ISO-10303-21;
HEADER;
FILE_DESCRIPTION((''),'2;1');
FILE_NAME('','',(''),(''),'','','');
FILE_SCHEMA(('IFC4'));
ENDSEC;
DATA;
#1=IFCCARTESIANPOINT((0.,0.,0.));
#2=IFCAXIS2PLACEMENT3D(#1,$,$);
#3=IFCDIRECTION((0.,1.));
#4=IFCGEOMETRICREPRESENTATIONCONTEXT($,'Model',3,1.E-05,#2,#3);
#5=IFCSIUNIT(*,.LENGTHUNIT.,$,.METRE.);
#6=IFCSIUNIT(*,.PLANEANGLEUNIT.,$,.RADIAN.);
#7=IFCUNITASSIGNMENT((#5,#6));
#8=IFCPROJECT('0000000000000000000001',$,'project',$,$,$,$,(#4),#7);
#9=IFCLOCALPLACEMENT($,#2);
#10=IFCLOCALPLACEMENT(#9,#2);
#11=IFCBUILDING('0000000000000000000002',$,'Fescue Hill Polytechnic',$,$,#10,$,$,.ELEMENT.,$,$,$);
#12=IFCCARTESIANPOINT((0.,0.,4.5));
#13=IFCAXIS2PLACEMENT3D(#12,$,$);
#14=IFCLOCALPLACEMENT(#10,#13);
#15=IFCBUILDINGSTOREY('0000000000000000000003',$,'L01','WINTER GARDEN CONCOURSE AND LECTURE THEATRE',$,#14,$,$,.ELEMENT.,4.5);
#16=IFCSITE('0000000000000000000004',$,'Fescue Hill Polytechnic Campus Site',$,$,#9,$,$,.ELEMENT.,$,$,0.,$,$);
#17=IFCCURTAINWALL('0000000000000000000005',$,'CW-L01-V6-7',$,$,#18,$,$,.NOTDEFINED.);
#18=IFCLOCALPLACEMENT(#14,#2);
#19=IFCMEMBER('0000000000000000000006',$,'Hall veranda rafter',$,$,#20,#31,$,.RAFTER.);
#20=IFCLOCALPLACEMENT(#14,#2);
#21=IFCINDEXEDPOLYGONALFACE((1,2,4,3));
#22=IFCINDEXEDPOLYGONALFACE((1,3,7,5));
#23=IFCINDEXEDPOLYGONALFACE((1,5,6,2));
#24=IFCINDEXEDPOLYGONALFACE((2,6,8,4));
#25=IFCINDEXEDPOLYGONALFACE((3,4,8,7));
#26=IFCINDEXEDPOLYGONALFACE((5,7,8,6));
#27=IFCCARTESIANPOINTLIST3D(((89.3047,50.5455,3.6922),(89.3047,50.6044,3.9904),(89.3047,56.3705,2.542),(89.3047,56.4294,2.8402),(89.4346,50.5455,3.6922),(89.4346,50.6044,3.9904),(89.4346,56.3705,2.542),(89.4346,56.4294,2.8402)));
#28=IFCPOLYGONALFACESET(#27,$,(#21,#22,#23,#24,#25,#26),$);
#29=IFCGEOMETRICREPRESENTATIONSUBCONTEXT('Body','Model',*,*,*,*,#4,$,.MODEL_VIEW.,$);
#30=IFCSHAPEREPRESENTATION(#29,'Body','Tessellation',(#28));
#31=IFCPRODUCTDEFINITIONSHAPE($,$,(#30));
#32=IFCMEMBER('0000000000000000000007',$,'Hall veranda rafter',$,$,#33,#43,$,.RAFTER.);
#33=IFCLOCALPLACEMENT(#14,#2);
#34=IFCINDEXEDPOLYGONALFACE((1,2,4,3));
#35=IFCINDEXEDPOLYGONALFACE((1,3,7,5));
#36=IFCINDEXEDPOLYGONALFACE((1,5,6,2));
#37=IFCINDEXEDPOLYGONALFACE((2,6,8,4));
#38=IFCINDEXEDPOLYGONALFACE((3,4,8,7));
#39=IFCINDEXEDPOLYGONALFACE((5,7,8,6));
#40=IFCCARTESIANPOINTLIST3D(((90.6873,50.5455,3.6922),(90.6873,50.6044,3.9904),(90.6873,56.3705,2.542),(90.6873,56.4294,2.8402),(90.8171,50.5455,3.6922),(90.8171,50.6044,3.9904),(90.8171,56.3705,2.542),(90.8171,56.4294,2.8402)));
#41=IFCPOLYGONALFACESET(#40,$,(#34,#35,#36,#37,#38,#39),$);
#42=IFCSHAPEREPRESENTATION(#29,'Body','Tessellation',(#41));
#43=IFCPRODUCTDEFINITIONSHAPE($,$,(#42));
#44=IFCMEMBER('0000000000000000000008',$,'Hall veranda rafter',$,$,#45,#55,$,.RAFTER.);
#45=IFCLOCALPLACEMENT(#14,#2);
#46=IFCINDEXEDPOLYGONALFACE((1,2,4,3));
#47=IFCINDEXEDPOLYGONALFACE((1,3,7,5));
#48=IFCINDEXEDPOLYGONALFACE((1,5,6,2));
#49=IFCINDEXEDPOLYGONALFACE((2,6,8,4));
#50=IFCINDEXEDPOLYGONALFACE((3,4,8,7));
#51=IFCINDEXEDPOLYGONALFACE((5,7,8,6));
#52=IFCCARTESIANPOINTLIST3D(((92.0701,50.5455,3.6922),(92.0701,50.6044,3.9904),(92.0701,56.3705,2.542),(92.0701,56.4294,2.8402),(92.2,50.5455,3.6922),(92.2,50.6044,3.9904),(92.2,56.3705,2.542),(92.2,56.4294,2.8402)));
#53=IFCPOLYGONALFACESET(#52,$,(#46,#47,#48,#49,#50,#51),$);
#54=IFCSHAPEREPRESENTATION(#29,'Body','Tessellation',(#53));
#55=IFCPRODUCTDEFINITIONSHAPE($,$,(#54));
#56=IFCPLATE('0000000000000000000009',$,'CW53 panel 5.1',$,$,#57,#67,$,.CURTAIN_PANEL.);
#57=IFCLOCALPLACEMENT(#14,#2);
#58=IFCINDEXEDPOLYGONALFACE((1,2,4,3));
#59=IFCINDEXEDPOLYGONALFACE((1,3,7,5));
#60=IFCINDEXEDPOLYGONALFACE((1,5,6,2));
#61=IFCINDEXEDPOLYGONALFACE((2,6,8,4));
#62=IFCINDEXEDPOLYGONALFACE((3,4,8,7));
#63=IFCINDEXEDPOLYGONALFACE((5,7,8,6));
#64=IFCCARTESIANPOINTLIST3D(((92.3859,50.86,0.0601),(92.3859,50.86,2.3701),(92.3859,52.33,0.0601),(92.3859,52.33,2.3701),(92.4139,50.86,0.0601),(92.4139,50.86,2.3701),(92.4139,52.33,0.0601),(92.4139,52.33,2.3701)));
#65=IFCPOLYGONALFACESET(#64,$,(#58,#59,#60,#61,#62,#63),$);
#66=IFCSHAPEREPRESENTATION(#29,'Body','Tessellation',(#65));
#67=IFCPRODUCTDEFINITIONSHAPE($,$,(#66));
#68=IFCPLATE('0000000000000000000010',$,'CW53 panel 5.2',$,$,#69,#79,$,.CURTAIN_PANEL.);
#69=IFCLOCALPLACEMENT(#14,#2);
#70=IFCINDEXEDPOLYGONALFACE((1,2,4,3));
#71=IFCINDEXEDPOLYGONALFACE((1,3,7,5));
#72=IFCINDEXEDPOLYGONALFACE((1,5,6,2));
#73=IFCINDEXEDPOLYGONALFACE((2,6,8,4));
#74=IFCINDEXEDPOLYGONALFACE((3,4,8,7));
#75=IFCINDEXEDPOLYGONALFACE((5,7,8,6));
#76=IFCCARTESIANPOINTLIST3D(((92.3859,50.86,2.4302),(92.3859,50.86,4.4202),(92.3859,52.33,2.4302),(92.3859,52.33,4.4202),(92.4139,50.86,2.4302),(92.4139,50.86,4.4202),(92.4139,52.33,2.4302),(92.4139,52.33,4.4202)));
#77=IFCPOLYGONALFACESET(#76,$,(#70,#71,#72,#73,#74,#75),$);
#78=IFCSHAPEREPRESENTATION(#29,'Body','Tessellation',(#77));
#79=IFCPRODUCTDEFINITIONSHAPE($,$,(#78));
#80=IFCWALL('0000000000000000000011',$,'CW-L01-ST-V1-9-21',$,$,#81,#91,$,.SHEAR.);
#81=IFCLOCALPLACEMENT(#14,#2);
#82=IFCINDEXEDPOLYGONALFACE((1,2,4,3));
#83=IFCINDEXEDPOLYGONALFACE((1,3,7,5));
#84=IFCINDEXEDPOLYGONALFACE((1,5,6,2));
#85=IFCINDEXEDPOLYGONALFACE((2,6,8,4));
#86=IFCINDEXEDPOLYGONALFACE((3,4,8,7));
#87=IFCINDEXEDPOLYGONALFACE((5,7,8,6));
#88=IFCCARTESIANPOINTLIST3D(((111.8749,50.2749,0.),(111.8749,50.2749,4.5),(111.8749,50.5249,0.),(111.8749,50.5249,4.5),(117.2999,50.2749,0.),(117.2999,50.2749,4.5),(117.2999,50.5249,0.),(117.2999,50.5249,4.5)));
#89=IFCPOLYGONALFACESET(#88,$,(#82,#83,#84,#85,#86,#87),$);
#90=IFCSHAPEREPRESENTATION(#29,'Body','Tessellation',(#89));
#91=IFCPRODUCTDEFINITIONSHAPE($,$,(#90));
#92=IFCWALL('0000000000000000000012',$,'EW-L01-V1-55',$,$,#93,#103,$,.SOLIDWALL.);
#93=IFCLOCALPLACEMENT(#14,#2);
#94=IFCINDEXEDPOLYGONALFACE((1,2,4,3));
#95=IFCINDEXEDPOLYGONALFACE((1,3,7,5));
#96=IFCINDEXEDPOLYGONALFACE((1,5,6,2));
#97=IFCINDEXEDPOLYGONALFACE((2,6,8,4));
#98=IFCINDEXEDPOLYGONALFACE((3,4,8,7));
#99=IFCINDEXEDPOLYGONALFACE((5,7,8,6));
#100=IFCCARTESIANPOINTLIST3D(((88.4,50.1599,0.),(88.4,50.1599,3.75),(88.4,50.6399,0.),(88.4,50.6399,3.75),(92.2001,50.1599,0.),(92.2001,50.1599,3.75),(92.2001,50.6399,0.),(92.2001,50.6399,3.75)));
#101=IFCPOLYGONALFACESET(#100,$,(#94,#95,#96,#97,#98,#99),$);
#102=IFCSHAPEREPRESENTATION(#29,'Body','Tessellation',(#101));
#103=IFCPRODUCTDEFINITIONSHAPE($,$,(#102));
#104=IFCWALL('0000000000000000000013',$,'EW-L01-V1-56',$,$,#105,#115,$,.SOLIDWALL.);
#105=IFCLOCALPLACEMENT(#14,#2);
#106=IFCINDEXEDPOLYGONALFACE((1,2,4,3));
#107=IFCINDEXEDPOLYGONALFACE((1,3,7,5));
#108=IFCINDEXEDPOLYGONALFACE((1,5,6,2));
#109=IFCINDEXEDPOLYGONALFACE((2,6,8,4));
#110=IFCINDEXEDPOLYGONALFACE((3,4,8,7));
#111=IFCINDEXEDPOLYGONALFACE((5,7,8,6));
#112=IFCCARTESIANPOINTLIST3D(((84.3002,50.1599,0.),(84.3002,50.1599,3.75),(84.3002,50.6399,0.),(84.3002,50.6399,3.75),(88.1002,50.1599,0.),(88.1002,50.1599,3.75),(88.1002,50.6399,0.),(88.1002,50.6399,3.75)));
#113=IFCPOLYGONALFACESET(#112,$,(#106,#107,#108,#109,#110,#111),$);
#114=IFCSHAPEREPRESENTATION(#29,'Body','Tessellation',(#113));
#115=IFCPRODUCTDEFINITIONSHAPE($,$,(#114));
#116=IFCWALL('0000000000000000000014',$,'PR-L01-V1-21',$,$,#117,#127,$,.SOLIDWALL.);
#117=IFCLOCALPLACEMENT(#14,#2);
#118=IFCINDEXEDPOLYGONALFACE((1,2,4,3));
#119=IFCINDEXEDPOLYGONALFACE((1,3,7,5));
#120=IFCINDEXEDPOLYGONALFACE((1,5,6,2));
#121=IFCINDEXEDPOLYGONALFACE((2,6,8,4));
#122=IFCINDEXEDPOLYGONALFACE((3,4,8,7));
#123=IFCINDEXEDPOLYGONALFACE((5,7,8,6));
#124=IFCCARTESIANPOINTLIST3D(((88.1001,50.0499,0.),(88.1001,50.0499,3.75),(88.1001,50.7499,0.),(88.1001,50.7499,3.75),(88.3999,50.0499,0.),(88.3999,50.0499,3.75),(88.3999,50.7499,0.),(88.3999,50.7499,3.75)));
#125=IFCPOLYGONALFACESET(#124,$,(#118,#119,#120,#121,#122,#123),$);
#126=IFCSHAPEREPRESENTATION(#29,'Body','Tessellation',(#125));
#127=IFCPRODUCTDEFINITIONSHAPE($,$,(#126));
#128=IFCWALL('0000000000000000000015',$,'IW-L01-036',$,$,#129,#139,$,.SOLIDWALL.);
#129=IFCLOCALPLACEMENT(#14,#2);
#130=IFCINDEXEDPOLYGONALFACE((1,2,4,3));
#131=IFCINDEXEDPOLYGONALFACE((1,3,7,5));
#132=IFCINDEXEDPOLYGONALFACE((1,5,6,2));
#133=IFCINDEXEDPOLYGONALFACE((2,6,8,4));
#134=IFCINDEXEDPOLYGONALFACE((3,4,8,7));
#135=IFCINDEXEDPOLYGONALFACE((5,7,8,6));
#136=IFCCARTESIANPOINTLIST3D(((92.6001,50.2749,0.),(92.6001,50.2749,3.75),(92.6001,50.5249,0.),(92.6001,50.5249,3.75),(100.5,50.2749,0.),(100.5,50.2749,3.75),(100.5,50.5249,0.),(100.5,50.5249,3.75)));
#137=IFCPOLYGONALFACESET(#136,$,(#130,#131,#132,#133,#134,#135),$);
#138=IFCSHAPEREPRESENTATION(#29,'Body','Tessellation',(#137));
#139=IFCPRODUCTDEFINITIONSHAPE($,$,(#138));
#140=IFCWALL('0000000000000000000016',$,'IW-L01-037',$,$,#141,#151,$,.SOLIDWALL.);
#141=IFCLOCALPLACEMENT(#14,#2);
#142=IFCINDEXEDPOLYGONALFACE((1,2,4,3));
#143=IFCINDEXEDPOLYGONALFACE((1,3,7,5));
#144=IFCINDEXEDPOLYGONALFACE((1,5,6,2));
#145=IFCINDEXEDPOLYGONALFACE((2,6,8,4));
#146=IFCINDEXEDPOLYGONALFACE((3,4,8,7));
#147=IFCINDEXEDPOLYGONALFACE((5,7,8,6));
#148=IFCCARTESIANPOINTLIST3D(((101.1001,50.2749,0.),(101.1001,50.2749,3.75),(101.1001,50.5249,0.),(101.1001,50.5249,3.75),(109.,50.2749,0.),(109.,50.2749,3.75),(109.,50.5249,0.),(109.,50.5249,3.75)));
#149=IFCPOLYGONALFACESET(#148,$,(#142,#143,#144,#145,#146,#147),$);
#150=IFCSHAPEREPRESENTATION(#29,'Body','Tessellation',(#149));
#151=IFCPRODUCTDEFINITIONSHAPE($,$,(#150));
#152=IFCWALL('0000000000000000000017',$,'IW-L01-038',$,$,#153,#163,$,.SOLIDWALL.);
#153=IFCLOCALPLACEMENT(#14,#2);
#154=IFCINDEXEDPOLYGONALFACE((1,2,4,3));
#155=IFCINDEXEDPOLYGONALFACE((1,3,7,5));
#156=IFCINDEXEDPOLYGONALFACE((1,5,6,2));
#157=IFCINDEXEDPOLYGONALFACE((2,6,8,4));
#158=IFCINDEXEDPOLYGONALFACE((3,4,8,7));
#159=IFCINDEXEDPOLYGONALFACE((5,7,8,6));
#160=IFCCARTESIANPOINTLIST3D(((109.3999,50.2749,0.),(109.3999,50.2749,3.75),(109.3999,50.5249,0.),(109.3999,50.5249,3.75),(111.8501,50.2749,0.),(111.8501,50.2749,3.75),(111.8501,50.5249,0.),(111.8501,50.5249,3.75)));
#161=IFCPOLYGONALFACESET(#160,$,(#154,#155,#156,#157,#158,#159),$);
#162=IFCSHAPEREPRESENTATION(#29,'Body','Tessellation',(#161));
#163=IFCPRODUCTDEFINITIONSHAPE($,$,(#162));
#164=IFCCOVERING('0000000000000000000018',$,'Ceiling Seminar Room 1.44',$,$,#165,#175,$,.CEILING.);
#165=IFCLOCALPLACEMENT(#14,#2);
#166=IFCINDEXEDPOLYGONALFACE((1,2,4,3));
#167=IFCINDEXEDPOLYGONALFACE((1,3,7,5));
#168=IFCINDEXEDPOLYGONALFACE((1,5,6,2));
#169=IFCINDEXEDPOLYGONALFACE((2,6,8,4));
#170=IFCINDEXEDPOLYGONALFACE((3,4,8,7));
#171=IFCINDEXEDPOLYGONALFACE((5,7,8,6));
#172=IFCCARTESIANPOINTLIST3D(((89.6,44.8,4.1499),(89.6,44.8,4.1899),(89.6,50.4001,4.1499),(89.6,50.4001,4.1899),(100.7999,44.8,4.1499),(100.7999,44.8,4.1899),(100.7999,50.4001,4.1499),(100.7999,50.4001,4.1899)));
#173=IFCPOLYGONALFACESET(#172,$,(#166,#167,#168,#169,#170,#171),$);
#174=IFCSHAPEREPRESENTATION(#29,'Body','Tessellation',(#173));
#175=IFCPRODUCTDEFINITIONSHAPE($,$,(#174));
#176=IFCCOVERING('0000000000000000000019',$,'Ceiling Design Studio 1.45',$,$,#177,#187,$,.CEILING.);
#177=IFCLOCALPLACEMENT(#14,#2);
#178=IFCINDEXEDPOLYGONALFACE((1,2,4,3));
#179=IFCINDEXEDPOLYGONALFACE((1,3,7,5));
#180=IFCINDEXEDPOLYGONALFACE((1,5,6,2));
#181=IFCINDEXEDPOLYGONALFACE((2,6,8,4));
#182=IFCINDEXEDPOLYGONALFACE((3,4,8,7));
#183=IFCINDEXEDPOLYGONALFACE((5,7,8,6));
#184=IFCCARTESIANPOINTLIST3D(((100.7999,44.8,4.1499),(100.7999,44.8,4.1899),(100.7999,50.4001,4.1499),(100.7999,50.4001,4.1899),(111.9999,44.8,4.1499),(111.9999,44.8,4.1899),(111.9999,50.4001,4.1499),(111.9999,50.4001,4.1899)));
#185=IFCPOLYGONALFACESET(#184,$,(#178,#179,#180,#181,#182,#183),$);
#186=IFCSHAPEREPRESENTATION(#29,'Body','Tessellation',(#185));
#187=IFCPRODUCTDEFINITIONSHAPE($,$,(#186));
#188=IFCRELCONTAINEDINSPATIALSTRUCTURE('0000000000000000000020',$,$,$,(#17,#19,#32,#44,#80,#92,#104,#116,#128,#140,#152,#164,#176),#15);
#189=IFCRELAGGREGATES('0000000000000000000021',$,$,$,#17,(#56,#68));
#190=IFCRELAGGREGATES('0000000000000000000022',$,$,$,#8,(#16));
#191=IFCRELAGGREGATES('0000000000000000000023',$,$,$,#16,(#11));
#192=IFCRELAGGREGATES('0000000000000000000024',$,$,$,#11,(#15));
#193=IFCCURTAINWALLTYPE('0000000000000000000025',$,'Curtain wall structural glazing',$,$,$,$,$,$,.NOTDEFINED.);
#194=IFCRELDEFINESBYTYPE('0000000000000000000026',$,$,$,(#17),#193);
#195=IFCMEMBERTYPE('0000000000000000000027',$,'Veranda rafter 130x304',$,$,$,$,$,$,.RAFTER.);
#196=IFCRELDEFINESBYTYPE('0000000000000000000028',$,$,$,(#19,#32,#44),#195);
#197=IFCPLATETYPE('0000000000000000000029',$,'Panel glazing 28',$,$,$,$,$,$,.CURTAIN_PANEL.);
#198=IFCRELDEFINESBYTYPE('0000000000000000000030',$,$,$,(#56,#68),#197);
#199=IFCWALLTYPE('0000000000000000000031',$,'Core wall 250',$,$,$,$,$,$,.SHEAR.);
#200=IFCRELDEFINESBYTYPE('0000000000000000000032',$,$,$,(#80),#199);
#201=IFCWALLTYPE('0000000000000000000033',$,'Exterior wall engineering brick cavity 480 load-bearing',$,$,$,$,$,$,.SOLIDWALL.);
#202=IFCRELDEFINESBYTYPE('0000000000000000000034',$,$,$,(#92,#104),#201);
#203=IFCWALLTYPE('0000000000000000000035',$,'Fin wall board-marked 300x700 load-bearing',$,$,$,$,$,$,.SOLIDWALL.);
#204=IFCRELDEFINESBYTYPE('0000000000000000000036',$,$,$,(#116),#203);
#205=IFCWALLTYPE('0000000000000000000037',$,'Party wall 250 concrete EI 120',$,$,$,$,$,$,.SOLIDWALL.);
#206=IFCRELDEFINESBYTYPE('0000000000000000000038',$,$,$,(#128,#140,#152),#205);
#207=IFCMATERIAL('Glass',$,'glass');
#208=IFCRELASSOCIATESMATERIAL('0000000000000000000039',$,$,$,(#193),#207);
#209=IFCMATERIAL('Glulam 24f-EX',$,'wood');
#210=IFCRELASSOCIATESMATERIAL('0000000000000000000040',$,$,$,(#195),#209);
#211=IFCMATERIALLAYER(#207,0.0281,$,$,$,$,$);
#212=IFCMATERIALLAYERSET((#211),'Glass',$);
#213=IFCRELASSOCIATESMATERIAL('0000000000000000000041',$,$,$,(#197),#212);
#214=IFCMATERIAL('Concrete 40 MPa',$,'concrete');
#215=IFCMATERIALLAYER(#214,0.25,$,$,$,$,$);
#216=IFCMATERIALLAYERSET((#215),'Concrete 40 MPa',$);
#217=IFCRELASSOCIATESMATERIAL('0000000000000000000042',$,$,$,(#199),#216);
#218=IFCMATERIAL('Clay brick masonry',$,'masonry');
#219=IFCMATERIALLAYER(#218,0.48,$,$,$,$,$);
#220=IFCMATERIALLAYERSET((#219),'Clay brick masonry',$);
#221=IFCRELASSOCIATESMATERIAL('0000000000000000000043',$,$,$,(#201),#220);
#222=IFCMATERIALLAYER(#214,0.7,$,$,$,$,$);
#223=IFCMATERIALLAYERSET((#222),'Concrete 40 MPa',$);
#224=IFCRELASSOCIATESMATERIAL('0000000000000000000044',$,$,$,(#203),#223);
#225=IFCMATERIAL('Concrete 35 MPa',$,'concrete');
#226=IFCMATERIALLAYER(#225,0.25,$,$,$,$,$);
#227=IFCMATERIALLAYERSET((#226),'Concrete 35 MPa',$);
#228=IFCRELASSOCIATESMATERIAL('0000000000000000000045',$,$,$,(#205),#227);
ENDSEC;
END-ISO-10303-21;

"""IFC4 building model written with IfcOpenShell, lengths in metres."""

from ifc_helpers import new_model, si_unit, direction, frame, frame_2d, origin, origin_2d, place, context, subcontext, project, spatial, rectangle, extrude, material, layer, layer_set, material_profile, profile_set, type_object, element, aggregate, save


model = new_model("IFC4")

# Units and contexts
model_context = context("Model", 3, precision=1e-05, world=origin(), true_north=direction((0.0, 1.0)))
body_context = subcontext(model_context, "Body", "Model", "MODEL_VIEW")
ifc_project = project(units=[si_unit("LENGTHUNIT", "METRE"), si_unit("PLANEANGLEUNIT", "RADIAN")], contexts=[model_context])

# Site, building, storey
site_placement = place(None, origin())
site = spatial("IfcSite", under=ifc_project, at=site_placement, Name="Fescue Hill Polytechnic Campus Site", CompositionType="ELEMENT", RefElevation=0.0)
building_placement = place(site_placement, origin())
building = spatial("IfcBuilding", under=site, at=building_placement, Name="Fescue Hill Polytechnic", CompositionType="ELEMENT")
storey_placement = place(building_placement, frame((0.0, 0.0, 4.5)))
storey = spatial("IfcBuildingStorey", under=building, at=storey_placement, Name="L01", Description="WINTER GARDEN CONCOURSE AND LECTURE THEATRE", CompositionType="ELEMENT", Elevation=4.5)

# Shared definitions
ifc_material_1 = material(Name="Concrete 40 MPa", Category="concrete")

# Shared definitions
ifc_material_2 = material(Name="Concrete 35 MPa", Category="concrete")

# Curtain wall
ifc_material_3 = material(Name="Glass", Category="glass")
curtain_wall_type = type_object("IfcCurtainWallType", Name="Curtain wall structural glazing", PredefinedType="NOTDEFINED", material=ifc_material_3)
curtain_wall_placement = place(storey_placement, origin())
curtain_wall = element("IfcCurtainWall", 1, at=curtain_wall_placement, inside=storey, type_object=curtain_wall_type, Name="CW-L01-V6-7", PredefinedType="NOTDEFINED")

# Members
ifc_material_4 = material(Name="Glulam 24f-EX", Category="wood")
ifc_material_profile_1 = material_profile(ifc_material_4, rectangle(XDim=0.1299, YDim=0.304, at=origin_2d()), Name="Veranda rafter 130x304")
ifc_profile_set_1 = profile_set([ifc_material_profile_1], Name="Glulam 24f-EX")
member_type_1 = type_object("IfcMemberType", Name="Veranda rafter 130x304", PredefinedType="RAFTER", material=ifc_profile_set_1)
for number, where, z_axis, x_axis, name in (
    (2, (89.3696, 50.575, 3.8413), (0.0, 0.981059, -0.193712), (-1.0, 0.0, 0.0), "Hall veranda rafter"),
    (3, (90.7522, 50.575, 3.8413), (0.0, 0.981059, -0.193712), (-1.0, 0.0, 0.0), "Hall veranda rafter"),
    (4, (92.135, 50.575, 3.8413), (0.0, 0.981059, -0.193712), (-1.0, 0.0, 0.0), "Hall veranda rafter"),
):
    element("IfcMember", number, at=place(storey_placement, frame(where, z_axis=z_axis, x_axis=x_axis)), inside=storey, type_object=member_type_1, Name=name, PredefinedType="RAFTER", context=body_context, shape_type="SweptSolid", body=[
        extrude(rectangle(XDim=0.1299, YDim=0.304, at=origin_2d()), origin(), (0.0, 0.0, 1.0), 5.9375),
    ])

# Plates
ifc_layer_1 = layer(ifc_material_3, 0.0281)
ifc_layer_set_1 = layer_set([ifc_layer_1], Name="Glass")
plate_type = type_object("IfcPlateType", Name="Panel glazing 28", PredefinedType="CURTAIN_PANEL", material=ifc_layer_set_1)
plate_1_placement = place(storey_placement, frame((92.3999, 51.595, 0.0601), z_axis=(0.0, 0.0, 1.0), x_axis=(0.0, -1.0, 0.0)))
plate_1 = element("IfcPlate", 5, at=plate_1_placement, type_object=plate_type, Name="CW53 panel 5.1", PredefinedType="CURTAIN_PANEL", context=body_context, shape_type="SweptSolid", body=[
    extrude(rectangle(XDim=1.47, YDim=0.0281, at=origin_2d()), origin(), (0.0, 0.0, 1.0), 2.3101),
])
plate_2_placement = place(storey_placement, frame((92.3999, 51.595, 2.4302), z_axis=(0.0, 0.0, 1.0), x_axis=(0.0, -1.0, 0.0)))
plate_2 = element("IfcPlate", 6, at=plate_2_placement, type_object=plate_type, Name="CW53 panel 5.2", PredefinedType="CURTAIN_PANEL", context=body_context, shape_type="SweptSolid", body=[
    extrude(rectangle(XDim=1.47, YDim=0.0281, at=origin_2d()), origin(), (0.0, 0.0, 1.0), 1.99),
])
aggregate(curtain_wall, [plate_1, plate_2])

# Walls
ifc_layer_2 = layer(ifc_material_1, 0.25)
ifc_layer_set_2 = layer_set([ifc_layer_2], Name="Concrete 40 MPa")
wall_type_1 = type_object("IfcWallType", Name="Core wall 250", PredefinedType="SHEAR", material=ifc_layer_set_2)
wall_1_placement = place(storey_placement, frame((111.875, 50.3999, 0.0), z_axis=(0.0, 0.0, 1.0), x_axis=(1.0, 0.0, 0.0)))
element("IfcWall", 7, at=wall_1_placement, inside=storey, type_object=wall_type_1, Name="CW-L01-ST-V1-9-21", PredefinedType="SHEAR", context=body_context, shape_type="SweptSolid", body=[
    extrude(rectangle(XDim=5.425, YDim=0.25, at=frame_2d((2.7124, 0.0))), origin(), (0.0, 0.0, 1.0), 4.5),
])
ifc_material_5 = material(Name="Clay brick masonry", Category="masonry")
ifc_layer_3 = layer(ifc_material_5, 0.48)
ifc_layer_set_3 = layer_set([ifc_layer_3], Name="Clay brick masonry")
wall_type_2 = type_object("IfcWallType", Name="Exterior wall engineering brick cavity 480 load-bearing", PredefinedType="SOLIDWALL", material=ifc_layer_set_3)
for number, where, z_axis, x_axis, name in (
    (8, (92.2, 50.3999, 0.0), (0.0, 0.0, 1.0), (-1.0, 0.0, 0.0), "EW-L01-V1-55"),
    (9, (88.1001, 50.3999, 0.0), (0.0, 0.0, 1.0), (-1.0, 0.0, 0.0), "EW-L01-V1-56"),
):
    element("IfcWall", number, at=place(storey_placement, frame(where, z_axis=z_axis, x_axis=x_axis)), inside=storey, type_object=wall_type_2, Name=name, PredefinedType="SOLIDWALL", context=body_context, shape_type="SweptSolid", body=[
        extrude(rectangle(XDim=3.8, YDim=0.48, at=frame_2d((1.8999, 0.0))), origin(), (0.0, 0.0, 1.0), 3.75),
    ])
ifc_layer_4 = layer(ifc_material_1, 0.7)
ifc_layer_set_4 = layer_set([ifc_layer_4], Name="Concrete 40 MPa")
wall_type_3 = type_object("IfcWallType", Name="Fin wall board-marked 300x700 load-bearing", PredefinedType="SOLIDWALL", material=ifc_layer_set_4)
wall_2_placement = place(storey_placement, frame((88.3999, 50.3999, 0.0), z_axis=(0.0, 0.0, 1.0), x_axis=(-1.0, 0.0, 0.0)))
element("IfcWall", 10, at=wall_2_placement, inside=storey, type_object=wall_type_3, Name="PR-L01-V1-21", PredefinedType="SOLIDWALL", context=body_context, shape_type="SweptSolid", body=[
    extrude(rectangle(XDim=0.2998, YDim=0.7, at=frame_2d((0.1499, 0.0))), origin(), (0.0, 0.0, 1.0), 3.75),
])
ifc_layer_5 = layer(ifc_material_2, 0.25)
ifc_layer_set_5 = layer_set([ifc_layer_5], Name="Concrete 35 MPa")
wall_type_4 = type_object("IfcWallType", Name="Party wall 250 concrete EI 120", PredefinedType="SOLIDWALL", material=ifc_layer_set_5)
for number, where, z_axis, x_axis, name in (
    (11, (92.6001, 50.3999, 0.0), (0.0, 0.0, 1.0), (1.0, 0.0, 0.0), "IW-L01-036"),
    (12, (101.1001, 50.3999, 0.0), (0.0, 0.0, 1.0), (1.0, 0.0, 0.0), "IW-L01-037"),
):
    element("IfcWall", number, at=place(storey_placement, frame(where, z_axis=z_axis, x_axis=x_axis)), inside=storey, type_object=wall_type_4, Name=name, PredefinedType="SOLIDWALL", context=body_context, shape_type="SweptSolid", body=[
        extrude(rectangle(XDim=7.8999, YDim=0.25, at=frame_2d((3.95, 0.0))), origin(), (0.0, 0.0, 1.0), 3.75),
    ])
wall_3_placement = place(storey_placement, frame((109.3999, 50.3999, 0.0), z_axis=(0.0, 0.0, 1.0), x_axis=(1.0, 0.0, 0.0)))
element("IfcWall", 13, at=wall_3_placement, inside=storey, type_object=wall_type_4, Name="IW-L01-038", PredefinedType="SOLIDWALL", context=body_context, shape_type="SweptSolid", body=[
    extrude(rectangle(XDim=2.4502, YDim=0.25, at=frame_2d((1.2251, 0.0))), origin(), (0.0, 0.0, 1.0), 3.75),
])

# Coverings
for number, where, z_axis, x_axis, name in (
    (14, (95.2, 47.6001, 4.1499), (0.0, 0.0, 1.0), (1.0, 0.0, 0.0), "Ceiling Seminar Room 1.44"),
    (15, (106.3999, 47.6001, 4.1499), (0.0, 0.0, 1.0), (1.0, 0.0, 0.0), "Ceiling Design Studio 1.45"),
):
    element("IfcCovering", number, at=place(storey_placement, frame(where, z_axis=z_axis, x_axis=x_axis)), inside=storey, Name=name, PredefinedType="CEILING", context=body_context, shape_type="SweptSolid", body=[
        extrude(rectangle(XDim=11.2, YDim=5.6001, at=origin_2d()), origin(), (0.0, 0.0, 1.0), 0.04),
    ])

save(model, "model.ifc")
